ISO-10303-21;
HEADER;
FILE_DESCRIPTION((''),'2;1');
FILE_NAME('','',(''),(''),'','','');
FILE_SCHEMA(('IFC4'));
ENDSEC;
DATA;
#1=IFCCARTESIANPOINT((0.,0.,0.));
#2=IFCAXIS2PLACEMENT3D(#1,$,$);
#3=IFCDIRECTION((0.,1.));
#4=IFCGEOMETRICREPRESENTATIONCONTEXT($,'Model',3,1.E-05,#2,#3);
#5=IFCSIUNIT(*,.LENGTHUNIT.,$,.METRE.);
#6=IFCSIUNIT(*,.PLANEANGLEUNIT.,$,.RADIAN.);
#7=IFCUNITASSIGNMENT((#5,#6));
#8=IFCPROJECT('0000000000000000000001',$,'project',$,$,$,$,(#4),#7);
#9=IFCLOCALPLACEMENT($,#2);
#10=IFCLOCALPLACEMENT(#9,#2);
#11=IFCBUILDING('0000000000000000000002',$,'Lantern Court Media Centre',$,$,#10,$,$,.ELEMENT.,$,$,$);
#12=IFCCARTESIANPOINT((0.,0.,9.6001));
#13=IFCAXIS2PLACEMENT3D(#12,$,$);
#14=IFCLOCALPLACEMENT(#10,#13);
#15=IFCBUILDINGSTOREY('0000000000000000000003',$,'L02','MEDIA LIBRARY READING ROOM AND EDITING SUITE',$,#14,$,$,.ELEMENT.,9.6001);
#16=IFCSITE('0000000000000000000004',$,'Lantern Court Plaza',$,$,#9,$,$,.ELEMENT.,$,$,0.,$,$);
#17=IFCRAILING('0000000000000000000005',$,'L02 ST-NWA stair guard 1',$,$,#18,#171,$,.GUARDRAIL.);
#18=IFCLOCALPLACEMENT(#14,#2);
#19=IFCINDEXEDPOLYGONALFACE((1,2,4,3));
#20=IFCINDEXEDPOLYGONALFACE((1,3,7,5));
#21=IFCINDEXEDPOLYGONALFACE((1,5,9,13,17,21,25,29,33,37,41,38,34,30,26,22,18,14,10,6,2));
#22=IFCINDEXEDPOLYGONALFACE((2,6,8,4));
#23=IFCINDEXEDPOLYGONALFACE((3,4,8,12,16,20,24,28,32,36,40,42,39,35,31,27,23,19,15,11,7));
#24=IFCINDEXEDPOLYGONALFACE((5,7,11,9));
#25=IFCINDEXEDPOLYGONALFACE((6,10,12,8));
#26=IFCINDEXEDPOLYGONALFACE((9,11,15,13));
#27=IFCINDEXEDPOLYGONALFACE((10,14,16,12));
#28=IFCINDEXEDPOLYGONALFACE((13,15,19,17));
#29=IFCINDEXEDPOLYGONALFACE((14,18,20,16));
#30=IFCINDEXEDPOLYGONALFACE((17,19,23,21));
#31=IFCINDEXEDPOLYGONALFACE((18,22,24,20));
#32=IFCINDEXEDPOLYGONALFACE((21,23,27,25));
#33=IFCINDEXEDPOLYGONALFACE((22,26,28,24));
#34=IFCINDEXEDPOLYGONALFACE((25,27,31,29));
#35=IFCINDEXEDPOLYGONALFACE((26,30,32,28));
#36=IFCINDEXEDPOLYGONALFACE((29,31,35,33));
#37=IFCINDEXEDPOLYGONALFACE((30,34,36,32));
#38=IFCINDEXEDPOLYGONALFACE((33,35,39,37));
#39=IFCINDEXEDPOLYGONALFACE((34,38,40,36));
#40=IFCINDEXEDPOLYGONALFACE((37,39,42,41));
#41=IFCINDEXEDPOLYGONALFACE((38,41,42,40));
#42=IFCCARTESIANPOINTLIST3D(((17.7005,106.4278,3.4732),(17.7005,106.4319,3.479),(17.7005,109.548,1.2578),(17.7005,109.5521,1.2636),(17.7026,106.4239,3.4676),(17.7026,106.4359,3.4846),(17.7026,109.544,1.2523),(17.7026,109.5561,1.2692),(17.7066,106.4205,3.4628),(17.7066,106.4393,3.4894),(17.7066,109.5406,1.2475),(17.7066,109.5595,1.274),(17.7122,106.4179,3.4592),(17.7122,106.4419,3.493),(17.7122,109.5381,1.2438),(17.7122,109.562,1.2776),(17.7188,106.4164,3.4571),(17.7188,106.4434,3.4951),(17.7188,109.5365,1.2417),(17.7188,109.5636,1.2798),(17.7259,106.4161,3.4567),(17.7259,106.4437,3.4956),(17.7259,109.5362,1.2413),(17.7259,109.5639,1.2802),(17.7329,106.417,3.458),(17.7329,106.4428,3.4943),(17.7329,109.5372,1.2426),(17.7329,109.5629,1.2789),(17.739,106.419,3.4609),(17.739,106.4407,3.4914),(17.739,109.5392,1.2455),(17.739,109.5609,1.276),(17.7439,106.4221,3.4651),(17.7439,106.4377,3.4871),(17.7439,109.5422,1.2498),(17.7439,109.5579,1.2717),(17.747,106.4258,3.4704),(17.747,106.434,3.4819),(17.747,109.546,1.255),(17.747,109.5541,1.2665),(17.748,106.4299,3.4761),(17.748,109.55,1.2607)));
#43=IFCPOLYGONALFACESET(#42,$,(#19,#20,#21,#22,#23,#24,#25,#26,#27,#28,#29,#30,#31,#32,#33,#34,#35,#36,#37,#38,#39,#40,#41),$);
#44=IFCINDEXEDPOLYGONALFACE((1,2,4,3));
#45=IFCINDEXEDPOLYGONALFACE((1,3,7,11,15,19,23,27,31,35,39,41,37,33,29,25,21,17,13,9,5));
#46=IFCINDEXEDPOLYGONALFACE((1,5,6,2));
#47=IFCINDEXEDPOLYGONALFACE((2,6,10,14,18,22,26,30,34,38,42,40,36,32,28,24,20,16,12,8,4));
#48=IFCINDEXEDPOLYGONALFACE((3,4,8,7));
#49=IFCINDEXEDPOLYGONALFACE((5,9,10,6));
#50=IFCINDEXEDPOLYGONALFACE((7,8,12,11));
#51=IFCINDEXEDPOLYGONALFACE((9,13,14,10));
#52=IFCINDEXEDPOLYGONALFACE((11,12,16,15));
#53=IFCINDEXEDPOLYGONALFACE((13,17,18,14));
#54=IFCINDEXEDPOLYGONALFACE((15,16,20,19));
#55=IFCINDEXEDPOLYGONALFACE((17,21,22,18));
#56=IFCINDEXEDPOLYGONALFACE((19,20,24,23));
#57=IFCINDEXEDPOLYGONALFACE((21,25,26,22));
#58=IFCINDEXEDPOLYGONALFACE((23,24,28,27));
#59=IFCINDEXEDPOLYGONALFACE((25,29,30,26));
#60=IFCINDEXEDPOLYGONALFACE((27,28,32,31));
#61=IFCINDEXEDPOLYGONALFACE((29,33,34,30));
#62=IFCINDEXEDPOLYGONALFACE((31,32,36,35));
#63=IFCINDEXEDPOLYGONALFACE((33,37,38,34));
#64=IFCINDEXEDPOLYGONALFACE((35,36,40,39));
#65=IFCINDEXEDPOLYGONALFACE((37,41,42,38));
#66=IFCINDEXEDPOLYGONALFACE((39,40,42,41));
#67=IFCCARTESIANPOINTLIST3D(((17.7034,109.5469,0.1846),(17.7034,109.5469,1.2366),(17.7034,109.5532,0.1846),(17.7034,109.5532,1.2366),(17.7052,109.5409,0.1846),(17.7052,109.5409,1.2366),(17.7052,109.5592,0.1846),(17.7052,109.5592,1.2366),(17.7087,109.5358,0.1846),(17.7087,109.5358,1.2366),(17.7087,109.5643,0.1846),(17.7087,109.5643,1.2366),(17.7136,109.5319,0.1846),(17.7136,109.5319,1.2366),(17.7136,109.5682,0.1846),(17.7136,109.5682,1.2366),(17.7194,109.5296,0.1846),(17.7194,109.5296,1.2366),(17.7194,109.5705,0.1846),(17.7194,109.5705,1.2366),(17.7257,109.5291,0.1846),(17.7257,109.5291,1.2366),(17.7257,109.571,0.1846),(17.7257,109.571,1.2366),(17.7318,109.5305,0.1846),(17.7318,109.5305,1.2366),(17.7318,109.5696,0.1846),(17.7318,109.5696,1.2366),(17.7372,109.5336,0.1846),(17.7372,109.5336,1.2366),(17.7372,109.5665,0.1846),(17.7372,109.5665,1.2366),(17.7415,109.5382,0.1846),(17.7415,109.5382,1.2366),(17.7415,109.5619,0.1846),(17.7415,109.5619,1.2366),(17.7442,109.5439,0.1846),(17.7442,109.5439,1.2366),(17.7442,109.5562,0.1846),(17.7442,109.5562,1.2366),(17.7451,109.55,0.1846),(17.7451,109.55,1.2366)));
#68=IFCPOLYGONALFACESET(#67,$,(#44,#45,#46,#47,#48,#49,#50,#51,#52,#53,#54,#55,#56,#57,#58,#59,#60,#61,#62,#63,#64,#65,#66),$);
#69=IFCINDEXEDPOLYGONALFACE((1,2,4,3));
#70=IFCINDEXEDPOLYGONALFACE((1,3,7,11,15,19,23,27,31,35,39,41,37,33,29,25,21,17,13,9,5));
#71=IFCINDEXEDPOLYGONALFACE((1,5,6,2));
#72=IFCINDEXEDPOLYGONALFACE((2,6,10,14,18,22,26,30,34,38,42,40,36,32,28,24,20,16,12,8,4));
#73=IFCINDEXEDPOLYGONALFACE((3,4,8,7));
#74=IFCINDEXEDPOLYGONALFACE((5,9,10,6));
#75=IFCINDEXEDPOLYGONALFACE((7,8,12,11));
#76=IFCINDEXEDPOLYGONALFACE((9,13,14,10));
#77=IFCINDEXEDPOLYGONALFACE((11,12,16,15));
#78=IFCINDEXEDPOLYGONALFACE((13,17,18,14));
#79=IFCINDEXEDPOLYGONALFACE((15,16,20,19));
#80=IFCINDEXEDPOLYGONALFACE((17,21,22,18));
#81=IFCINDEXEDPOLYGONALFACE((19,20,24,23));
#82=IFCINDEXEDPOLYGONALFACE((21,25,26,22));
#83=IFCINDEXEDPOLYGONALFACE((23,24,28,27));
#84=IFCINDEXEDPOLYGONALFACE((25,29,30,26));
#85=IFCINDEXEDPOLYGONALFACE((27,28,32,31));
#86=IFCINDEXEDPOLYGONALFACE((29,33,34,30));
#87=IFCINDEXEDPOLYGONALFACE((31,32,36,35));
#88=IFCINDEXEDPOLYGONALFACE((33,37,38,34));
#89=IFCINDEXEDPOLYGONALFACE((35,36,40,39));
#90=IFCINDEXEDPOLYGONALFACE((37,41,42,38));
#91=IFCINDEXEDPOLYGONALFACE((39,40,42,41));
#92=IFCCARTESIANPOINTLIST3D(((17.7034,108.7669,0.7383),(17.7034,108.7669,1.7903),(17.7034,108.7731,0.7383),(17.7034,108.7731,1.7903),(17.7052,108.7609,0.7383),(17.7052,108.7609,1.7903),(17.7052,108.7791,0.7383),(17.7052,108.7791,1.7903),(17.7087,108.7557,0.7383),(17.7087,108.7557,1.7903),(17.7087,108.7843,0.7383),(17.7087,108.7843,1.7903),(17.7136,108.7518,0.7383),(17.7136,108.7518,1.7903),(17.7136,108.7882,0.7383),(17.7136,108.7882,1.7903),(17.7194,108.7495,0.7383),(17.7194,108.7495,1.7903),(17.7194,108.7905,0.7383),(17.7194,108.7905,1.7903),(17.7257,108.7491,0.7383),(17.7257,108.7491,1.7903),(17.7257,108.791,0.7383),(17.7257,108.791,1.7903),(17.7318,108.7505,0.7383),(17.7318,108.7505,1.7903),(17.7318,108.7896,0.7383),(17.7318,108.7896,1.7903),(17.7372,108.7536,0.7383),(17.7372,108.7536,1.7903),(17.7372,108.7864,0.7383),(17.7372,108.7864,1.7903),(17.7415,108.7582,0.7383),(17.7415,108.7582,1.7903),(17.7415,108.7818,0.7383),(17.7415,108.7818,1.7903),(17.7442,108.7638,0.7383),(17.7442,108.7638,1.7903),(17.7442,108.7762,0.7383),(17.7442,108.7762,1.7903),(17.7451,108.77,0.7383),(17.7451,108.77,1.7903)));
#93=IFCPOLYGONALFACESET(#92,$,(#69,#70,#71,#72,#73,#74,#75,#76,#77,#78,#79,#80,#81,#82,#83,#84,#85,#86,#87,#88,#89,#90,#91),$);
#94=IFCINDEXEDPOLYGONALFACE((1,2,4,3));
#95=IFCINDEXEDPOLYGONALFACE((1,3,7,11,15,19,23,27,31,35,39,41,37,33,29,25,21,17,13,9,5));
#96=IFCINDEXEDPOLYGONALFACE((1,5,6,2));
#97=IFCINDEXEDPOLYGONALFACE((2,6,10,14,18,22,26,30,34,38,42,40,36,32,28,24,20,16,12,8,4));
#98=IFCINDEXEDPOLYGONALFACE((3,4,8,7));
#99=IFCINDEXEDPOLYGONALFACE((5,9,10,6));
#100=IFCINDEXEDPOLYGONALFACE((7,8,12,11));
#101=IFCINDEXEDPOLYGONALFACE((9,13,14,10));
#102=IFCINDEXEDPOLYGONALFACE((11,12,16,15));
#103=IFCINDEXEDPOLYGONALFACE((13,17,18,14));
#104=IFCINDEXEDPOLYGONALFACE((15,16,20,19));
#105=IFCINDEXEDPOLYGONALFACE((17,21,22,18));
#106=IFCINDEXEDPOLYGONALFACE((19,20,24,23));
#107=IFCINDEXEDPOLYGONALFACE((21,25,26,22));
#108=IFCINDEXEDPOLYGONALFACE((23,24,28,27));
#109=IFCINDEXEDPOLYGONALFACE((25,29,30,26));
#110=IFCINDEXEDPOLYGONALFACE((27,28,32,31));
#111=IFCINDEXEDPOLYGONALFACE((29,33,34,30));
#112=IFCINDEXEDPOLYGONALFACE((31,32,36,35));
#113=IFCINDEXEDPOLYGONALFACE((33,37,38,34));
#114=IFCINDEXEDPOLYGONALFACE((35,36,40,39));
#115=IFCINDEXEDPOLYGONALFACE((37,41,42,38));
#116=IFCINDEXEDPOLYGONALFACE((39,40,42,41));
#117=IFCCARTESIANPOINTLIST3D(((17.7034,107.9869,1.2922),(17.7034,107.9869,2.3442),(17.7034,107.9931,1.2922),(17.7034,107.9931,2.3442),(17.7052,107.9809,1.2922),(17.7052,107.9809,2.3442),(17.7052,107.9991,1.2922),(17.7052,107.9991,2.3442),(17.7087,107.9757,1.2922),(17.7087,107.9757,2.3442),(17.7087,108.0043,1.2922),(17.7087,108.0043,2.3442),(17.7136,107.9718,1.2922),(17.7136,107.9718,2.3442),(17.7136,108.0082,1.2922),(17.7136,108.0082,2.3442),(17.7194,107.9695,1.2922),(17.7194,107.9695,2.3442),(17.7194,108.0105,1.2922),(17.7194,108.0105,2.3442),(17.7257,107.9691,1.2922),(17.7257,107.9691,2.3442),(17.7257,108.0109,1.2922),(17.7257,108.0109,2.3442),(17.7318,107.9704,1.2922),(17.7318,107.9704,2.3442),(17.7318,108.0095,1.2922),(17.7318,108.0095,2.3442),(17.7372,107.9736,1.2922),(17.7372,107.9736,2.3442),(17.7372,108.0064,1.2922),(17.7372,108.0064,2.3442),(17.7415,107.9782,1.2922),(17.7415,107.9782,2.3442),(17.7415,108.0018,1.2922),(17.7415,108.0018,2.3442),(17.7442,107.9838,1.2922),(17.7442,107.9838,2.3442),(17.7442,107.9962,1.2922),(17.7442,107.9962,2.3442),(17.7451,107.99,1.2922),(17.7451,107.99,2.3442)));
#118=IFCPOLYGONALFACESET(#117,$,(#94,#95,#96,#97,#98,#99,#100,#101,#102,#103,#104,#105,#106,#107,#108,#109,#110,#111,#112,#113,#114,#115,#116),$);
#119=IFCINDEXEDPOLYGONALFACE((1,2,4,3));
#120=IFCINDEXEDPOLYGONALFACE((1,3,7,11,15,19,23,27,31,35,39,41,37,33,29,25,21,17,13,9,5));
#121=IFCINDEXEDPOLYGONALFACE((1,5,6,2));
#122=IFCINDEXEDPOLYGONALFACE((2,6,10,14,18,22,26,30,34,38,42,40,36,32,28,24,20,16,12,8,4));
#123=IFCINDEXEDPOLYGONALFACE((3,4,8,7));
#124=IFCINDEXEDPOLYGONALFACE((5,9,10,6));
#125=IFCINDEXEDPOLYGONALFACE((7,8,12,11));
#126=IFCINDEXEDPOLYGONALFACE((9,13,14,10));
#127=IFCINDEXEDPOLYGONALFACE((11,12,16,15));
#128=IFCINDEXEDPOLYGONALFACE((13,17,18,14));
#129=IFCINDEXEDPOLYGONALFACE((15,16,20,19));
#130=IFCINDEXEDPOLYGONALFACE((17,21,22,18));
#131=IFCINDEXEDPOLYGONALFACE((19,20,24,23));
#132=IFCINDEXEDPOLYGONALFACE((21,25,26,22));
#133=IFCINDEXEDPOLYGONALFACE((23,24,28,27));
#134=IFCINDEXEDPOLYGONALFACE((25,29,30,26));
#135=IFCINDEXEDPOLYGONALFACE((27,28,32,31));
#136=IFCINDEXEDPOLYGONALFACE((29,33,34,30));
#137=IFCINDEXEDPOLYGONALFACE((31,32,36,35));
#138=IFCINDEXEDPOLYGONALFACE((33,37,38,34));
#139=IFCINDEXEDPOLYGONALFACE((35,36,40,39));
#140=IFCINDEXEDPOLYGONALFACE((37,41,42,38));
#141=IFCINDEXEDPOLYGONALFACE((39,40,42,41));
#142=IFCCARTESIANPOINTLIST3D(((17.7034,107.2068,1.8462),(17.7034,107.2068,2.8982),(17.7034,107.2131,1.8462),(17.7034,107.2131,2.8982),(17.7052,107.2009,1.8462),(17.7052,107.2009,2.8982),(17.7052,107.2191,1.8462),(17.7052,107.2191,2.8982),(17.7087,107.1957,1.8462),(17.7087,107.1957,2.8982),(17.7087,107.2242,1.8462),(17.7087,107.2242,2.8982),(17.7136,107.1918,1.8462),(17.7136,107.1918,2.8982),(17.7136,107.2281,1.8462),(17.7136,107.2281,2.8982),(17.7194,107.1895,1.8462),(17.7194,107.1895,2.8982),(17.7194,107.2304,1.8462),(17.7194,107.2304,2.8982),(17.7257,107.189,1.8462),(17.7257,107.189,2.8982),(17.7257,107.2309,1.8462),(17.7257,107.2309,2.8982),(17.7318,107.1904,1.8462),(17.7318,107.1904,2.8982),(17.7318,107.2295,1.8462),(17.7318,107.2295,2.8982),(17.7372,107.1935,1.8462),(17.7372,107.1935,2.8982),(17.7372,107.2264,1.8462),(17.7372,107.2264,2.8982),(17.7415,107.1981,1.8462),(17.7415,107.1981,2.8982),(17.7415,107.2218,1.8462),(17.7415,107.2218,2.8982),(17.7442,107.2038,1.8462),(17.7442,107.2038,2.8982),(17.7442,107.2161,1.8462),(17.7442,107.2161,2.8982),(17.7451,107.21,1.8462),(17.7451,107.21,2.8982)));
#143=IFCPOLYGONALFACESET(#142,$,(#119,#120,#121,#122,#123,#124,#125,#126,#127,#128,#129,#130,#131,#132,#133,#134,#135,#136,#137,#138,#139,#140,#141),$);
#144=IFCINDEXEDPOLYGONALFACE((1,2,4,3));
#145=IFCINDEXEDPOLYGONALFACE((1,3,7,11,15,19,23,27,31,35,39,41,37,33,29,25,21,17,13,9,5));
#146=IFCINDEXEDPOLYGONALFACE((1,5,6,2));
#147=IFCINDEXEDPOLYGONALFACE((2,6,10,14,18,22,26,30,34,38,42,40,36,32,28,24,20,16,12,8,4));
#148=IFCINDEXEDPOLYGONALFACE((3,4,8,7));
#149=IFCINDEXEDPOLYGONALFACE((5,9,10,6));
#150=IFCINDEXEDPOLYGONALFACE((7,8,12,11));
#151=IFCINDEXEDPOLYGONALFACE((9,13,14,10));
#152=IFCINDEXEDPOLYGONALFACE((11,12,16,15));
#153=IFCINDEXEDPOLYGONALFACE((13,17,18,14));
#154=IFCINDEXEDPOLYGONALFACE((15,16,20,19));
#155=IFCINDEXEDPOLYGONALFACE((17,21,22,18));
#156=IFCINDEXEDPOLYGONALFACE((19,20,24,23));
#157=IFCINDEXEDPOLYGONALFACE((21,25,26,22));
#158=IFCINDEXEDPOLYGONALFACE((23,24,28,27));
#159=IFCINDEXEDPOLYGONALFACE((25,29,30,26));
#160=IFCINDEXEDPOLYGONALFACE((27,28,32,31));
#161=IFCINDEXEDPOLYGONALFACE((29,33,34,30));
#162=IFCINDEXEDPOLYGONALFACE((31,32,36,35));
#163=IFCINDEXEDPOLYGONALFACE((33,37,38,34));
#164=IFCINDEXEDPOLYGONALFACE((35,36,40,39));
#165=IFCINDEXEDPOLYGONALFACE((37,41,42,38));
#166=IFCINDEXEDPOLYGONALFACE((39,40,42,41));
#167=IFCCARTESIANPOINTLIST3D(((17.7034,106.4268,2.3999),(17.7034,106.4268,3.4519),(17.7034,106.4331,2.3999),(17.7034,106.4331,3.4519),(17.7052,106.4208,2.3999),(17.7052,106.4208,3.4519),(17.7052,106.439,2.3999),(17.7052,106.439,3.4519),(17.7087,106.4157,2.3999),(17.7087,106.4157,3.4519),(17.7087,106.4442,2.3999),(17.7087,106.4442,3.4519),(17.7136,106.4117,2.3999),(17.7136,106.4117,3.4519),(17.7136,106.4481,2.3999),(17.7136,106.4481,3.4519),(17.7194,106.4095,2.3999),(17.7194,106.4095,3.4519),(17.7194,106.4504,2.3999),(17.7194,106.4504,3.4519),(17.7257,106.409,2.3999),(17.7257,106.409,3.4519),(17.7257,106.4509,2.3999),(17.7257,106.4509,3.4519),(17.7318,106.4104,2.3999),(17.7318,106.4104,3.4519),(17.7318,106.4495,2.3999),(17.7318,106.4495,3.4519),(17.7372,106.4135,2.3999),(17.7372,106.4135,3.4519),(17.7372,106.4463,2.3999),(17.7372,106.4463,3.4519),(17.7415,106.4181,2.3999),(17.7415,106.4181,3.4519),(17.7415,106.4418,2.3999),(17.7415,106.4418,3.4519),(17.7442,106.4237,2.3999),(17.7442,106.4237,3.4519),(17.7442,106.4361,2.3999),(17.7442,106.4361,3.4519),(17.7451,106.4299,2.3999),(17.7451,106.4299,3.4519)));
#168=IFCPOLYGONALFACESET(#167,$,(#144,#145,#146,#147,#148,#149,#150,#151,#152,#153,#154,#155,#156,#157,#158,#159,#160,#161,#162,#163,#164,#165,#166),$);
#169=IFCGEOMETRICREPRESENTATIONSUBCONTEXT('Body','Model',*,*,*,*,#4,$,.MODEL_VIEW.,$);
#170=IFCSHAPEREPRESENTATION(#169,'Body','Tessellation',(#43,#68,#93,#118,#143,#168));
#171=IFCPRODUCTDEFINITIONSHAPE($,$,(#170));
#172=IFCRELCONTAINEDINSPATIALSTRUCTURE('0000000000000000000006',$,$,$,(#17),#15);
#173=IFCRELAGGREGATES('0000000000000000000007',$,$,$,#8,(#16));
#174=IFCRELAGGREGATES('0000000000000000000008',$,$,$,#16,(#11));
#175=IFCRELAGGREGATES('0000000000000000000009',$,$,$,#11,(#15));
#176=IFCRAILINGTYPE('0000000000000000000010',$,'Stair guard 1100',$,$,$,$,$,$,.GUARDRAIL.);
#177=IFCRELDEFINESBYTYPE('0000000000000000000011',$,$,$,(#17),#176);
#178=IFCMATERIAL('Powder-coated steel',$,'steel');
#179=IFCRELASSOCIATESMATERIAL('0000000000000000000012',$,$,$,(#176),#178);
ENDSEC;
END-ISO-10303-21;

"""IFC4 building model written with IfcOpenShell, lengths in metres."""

from ifc_helpers import new_model, si_unit, direction, frame, origin, origin_2d, place, context, subcontext, project, spatial, circle, extrude, material, type_object, element, save


model = new_model("IFC4")

# Units and contexts
model_context = context("Model", 3, precision=1e-05, world=origin(), true_north=direction((0.0, 1.0)))
body_context = subcontext(model_context, "Body", "Model", "MODEL_VIEW")
ifc_project = project(units=[si_unit("LENGTHUNIT", "METRE"), si_unit("PLANEANGLEUNIT", "RADIAN")], contexts=[model_context])

# Site, building, storey
site_placement = place(None, origin())
site = spatial("IfcSite", under=ifc_project, at=site_placement, Name="Lantern Court Plaza", CompositionType="ELEMENT", RefElevation=0.0)
building_placement = place(site_placement, origin())
building = spatial("IfcBuilding", under=site, at=building_placement, Name="Lantern Court Media Centre", CompositionType="ELEMENT")
storey_placement = place(building_placement, frame((0.0, 0.0, 9.6001)))
storey = spatial("IfcBuildingStorey", under=building, at=storey_placement, Name="L02", Description="MEDIA LIBRARY READING ROOM AND EDITING SUITE", CompositionType="ELEMENT", Elevation=9.6001)

# Shared definitions
ifc_material_1 = material(Name="Powder-coated steel", Category="steel")

# Railing
railing_type_1 = type_object("IfcRailingType", Name="Stair guard 1100", PredefinedType="GUARDRAIL", material=ifc_material_1)
railing_1_placement = place(storey_placement, frame((17.7241, 109.55, 0.1846)))
element("IfcRailing", 1, at=railing_1_placement, inside=storey, type_object=railing_type_1, Name="L02 ST-NWA stair guard 1", PredefinedType="GUARDRAIL", context=body_context, shape_type="SweptSolid", body=[
    extrude(circle(Radius=0.0239, at=origin_2d()), frame((0.0, 0.0, 1.0762), z_axis=(0.0, -0.815377, 0.57893), x_axis=(1.0, 0.0, 0.0)), (0.0, 0.0, 1.0), 3.8267),
    extrude(circle(Radius=0.021, at=origin_2d()), origin(), (0.0, 0.0, 1.0), 1.052),
    extrude(circle(Radius=0.021, at=origin_2d()), frame((0.0, -0.78, 0.5537)), (0.0, 0.0, 1.0), 1.052),
    extrude(circle(Radius=0.021, at=origin_2d()), frame((0.0, -1.5601, 1.1077)), (0.0, 0.0, 1.0), 1.052),
    extrude(circle(Radius=0.021, at=origin_2d()), frame((0.0, -2.3401, 1.6616)), (0.0, 0.0, 1.0), 1.052),
    extrude(circle(Radius=0.021, at=origin_2d()), frame((0.0, -3.1201, 2.2153)), (0.0, 0.0, 1.0), 1.052),
])

save(model, "model.ifc")
